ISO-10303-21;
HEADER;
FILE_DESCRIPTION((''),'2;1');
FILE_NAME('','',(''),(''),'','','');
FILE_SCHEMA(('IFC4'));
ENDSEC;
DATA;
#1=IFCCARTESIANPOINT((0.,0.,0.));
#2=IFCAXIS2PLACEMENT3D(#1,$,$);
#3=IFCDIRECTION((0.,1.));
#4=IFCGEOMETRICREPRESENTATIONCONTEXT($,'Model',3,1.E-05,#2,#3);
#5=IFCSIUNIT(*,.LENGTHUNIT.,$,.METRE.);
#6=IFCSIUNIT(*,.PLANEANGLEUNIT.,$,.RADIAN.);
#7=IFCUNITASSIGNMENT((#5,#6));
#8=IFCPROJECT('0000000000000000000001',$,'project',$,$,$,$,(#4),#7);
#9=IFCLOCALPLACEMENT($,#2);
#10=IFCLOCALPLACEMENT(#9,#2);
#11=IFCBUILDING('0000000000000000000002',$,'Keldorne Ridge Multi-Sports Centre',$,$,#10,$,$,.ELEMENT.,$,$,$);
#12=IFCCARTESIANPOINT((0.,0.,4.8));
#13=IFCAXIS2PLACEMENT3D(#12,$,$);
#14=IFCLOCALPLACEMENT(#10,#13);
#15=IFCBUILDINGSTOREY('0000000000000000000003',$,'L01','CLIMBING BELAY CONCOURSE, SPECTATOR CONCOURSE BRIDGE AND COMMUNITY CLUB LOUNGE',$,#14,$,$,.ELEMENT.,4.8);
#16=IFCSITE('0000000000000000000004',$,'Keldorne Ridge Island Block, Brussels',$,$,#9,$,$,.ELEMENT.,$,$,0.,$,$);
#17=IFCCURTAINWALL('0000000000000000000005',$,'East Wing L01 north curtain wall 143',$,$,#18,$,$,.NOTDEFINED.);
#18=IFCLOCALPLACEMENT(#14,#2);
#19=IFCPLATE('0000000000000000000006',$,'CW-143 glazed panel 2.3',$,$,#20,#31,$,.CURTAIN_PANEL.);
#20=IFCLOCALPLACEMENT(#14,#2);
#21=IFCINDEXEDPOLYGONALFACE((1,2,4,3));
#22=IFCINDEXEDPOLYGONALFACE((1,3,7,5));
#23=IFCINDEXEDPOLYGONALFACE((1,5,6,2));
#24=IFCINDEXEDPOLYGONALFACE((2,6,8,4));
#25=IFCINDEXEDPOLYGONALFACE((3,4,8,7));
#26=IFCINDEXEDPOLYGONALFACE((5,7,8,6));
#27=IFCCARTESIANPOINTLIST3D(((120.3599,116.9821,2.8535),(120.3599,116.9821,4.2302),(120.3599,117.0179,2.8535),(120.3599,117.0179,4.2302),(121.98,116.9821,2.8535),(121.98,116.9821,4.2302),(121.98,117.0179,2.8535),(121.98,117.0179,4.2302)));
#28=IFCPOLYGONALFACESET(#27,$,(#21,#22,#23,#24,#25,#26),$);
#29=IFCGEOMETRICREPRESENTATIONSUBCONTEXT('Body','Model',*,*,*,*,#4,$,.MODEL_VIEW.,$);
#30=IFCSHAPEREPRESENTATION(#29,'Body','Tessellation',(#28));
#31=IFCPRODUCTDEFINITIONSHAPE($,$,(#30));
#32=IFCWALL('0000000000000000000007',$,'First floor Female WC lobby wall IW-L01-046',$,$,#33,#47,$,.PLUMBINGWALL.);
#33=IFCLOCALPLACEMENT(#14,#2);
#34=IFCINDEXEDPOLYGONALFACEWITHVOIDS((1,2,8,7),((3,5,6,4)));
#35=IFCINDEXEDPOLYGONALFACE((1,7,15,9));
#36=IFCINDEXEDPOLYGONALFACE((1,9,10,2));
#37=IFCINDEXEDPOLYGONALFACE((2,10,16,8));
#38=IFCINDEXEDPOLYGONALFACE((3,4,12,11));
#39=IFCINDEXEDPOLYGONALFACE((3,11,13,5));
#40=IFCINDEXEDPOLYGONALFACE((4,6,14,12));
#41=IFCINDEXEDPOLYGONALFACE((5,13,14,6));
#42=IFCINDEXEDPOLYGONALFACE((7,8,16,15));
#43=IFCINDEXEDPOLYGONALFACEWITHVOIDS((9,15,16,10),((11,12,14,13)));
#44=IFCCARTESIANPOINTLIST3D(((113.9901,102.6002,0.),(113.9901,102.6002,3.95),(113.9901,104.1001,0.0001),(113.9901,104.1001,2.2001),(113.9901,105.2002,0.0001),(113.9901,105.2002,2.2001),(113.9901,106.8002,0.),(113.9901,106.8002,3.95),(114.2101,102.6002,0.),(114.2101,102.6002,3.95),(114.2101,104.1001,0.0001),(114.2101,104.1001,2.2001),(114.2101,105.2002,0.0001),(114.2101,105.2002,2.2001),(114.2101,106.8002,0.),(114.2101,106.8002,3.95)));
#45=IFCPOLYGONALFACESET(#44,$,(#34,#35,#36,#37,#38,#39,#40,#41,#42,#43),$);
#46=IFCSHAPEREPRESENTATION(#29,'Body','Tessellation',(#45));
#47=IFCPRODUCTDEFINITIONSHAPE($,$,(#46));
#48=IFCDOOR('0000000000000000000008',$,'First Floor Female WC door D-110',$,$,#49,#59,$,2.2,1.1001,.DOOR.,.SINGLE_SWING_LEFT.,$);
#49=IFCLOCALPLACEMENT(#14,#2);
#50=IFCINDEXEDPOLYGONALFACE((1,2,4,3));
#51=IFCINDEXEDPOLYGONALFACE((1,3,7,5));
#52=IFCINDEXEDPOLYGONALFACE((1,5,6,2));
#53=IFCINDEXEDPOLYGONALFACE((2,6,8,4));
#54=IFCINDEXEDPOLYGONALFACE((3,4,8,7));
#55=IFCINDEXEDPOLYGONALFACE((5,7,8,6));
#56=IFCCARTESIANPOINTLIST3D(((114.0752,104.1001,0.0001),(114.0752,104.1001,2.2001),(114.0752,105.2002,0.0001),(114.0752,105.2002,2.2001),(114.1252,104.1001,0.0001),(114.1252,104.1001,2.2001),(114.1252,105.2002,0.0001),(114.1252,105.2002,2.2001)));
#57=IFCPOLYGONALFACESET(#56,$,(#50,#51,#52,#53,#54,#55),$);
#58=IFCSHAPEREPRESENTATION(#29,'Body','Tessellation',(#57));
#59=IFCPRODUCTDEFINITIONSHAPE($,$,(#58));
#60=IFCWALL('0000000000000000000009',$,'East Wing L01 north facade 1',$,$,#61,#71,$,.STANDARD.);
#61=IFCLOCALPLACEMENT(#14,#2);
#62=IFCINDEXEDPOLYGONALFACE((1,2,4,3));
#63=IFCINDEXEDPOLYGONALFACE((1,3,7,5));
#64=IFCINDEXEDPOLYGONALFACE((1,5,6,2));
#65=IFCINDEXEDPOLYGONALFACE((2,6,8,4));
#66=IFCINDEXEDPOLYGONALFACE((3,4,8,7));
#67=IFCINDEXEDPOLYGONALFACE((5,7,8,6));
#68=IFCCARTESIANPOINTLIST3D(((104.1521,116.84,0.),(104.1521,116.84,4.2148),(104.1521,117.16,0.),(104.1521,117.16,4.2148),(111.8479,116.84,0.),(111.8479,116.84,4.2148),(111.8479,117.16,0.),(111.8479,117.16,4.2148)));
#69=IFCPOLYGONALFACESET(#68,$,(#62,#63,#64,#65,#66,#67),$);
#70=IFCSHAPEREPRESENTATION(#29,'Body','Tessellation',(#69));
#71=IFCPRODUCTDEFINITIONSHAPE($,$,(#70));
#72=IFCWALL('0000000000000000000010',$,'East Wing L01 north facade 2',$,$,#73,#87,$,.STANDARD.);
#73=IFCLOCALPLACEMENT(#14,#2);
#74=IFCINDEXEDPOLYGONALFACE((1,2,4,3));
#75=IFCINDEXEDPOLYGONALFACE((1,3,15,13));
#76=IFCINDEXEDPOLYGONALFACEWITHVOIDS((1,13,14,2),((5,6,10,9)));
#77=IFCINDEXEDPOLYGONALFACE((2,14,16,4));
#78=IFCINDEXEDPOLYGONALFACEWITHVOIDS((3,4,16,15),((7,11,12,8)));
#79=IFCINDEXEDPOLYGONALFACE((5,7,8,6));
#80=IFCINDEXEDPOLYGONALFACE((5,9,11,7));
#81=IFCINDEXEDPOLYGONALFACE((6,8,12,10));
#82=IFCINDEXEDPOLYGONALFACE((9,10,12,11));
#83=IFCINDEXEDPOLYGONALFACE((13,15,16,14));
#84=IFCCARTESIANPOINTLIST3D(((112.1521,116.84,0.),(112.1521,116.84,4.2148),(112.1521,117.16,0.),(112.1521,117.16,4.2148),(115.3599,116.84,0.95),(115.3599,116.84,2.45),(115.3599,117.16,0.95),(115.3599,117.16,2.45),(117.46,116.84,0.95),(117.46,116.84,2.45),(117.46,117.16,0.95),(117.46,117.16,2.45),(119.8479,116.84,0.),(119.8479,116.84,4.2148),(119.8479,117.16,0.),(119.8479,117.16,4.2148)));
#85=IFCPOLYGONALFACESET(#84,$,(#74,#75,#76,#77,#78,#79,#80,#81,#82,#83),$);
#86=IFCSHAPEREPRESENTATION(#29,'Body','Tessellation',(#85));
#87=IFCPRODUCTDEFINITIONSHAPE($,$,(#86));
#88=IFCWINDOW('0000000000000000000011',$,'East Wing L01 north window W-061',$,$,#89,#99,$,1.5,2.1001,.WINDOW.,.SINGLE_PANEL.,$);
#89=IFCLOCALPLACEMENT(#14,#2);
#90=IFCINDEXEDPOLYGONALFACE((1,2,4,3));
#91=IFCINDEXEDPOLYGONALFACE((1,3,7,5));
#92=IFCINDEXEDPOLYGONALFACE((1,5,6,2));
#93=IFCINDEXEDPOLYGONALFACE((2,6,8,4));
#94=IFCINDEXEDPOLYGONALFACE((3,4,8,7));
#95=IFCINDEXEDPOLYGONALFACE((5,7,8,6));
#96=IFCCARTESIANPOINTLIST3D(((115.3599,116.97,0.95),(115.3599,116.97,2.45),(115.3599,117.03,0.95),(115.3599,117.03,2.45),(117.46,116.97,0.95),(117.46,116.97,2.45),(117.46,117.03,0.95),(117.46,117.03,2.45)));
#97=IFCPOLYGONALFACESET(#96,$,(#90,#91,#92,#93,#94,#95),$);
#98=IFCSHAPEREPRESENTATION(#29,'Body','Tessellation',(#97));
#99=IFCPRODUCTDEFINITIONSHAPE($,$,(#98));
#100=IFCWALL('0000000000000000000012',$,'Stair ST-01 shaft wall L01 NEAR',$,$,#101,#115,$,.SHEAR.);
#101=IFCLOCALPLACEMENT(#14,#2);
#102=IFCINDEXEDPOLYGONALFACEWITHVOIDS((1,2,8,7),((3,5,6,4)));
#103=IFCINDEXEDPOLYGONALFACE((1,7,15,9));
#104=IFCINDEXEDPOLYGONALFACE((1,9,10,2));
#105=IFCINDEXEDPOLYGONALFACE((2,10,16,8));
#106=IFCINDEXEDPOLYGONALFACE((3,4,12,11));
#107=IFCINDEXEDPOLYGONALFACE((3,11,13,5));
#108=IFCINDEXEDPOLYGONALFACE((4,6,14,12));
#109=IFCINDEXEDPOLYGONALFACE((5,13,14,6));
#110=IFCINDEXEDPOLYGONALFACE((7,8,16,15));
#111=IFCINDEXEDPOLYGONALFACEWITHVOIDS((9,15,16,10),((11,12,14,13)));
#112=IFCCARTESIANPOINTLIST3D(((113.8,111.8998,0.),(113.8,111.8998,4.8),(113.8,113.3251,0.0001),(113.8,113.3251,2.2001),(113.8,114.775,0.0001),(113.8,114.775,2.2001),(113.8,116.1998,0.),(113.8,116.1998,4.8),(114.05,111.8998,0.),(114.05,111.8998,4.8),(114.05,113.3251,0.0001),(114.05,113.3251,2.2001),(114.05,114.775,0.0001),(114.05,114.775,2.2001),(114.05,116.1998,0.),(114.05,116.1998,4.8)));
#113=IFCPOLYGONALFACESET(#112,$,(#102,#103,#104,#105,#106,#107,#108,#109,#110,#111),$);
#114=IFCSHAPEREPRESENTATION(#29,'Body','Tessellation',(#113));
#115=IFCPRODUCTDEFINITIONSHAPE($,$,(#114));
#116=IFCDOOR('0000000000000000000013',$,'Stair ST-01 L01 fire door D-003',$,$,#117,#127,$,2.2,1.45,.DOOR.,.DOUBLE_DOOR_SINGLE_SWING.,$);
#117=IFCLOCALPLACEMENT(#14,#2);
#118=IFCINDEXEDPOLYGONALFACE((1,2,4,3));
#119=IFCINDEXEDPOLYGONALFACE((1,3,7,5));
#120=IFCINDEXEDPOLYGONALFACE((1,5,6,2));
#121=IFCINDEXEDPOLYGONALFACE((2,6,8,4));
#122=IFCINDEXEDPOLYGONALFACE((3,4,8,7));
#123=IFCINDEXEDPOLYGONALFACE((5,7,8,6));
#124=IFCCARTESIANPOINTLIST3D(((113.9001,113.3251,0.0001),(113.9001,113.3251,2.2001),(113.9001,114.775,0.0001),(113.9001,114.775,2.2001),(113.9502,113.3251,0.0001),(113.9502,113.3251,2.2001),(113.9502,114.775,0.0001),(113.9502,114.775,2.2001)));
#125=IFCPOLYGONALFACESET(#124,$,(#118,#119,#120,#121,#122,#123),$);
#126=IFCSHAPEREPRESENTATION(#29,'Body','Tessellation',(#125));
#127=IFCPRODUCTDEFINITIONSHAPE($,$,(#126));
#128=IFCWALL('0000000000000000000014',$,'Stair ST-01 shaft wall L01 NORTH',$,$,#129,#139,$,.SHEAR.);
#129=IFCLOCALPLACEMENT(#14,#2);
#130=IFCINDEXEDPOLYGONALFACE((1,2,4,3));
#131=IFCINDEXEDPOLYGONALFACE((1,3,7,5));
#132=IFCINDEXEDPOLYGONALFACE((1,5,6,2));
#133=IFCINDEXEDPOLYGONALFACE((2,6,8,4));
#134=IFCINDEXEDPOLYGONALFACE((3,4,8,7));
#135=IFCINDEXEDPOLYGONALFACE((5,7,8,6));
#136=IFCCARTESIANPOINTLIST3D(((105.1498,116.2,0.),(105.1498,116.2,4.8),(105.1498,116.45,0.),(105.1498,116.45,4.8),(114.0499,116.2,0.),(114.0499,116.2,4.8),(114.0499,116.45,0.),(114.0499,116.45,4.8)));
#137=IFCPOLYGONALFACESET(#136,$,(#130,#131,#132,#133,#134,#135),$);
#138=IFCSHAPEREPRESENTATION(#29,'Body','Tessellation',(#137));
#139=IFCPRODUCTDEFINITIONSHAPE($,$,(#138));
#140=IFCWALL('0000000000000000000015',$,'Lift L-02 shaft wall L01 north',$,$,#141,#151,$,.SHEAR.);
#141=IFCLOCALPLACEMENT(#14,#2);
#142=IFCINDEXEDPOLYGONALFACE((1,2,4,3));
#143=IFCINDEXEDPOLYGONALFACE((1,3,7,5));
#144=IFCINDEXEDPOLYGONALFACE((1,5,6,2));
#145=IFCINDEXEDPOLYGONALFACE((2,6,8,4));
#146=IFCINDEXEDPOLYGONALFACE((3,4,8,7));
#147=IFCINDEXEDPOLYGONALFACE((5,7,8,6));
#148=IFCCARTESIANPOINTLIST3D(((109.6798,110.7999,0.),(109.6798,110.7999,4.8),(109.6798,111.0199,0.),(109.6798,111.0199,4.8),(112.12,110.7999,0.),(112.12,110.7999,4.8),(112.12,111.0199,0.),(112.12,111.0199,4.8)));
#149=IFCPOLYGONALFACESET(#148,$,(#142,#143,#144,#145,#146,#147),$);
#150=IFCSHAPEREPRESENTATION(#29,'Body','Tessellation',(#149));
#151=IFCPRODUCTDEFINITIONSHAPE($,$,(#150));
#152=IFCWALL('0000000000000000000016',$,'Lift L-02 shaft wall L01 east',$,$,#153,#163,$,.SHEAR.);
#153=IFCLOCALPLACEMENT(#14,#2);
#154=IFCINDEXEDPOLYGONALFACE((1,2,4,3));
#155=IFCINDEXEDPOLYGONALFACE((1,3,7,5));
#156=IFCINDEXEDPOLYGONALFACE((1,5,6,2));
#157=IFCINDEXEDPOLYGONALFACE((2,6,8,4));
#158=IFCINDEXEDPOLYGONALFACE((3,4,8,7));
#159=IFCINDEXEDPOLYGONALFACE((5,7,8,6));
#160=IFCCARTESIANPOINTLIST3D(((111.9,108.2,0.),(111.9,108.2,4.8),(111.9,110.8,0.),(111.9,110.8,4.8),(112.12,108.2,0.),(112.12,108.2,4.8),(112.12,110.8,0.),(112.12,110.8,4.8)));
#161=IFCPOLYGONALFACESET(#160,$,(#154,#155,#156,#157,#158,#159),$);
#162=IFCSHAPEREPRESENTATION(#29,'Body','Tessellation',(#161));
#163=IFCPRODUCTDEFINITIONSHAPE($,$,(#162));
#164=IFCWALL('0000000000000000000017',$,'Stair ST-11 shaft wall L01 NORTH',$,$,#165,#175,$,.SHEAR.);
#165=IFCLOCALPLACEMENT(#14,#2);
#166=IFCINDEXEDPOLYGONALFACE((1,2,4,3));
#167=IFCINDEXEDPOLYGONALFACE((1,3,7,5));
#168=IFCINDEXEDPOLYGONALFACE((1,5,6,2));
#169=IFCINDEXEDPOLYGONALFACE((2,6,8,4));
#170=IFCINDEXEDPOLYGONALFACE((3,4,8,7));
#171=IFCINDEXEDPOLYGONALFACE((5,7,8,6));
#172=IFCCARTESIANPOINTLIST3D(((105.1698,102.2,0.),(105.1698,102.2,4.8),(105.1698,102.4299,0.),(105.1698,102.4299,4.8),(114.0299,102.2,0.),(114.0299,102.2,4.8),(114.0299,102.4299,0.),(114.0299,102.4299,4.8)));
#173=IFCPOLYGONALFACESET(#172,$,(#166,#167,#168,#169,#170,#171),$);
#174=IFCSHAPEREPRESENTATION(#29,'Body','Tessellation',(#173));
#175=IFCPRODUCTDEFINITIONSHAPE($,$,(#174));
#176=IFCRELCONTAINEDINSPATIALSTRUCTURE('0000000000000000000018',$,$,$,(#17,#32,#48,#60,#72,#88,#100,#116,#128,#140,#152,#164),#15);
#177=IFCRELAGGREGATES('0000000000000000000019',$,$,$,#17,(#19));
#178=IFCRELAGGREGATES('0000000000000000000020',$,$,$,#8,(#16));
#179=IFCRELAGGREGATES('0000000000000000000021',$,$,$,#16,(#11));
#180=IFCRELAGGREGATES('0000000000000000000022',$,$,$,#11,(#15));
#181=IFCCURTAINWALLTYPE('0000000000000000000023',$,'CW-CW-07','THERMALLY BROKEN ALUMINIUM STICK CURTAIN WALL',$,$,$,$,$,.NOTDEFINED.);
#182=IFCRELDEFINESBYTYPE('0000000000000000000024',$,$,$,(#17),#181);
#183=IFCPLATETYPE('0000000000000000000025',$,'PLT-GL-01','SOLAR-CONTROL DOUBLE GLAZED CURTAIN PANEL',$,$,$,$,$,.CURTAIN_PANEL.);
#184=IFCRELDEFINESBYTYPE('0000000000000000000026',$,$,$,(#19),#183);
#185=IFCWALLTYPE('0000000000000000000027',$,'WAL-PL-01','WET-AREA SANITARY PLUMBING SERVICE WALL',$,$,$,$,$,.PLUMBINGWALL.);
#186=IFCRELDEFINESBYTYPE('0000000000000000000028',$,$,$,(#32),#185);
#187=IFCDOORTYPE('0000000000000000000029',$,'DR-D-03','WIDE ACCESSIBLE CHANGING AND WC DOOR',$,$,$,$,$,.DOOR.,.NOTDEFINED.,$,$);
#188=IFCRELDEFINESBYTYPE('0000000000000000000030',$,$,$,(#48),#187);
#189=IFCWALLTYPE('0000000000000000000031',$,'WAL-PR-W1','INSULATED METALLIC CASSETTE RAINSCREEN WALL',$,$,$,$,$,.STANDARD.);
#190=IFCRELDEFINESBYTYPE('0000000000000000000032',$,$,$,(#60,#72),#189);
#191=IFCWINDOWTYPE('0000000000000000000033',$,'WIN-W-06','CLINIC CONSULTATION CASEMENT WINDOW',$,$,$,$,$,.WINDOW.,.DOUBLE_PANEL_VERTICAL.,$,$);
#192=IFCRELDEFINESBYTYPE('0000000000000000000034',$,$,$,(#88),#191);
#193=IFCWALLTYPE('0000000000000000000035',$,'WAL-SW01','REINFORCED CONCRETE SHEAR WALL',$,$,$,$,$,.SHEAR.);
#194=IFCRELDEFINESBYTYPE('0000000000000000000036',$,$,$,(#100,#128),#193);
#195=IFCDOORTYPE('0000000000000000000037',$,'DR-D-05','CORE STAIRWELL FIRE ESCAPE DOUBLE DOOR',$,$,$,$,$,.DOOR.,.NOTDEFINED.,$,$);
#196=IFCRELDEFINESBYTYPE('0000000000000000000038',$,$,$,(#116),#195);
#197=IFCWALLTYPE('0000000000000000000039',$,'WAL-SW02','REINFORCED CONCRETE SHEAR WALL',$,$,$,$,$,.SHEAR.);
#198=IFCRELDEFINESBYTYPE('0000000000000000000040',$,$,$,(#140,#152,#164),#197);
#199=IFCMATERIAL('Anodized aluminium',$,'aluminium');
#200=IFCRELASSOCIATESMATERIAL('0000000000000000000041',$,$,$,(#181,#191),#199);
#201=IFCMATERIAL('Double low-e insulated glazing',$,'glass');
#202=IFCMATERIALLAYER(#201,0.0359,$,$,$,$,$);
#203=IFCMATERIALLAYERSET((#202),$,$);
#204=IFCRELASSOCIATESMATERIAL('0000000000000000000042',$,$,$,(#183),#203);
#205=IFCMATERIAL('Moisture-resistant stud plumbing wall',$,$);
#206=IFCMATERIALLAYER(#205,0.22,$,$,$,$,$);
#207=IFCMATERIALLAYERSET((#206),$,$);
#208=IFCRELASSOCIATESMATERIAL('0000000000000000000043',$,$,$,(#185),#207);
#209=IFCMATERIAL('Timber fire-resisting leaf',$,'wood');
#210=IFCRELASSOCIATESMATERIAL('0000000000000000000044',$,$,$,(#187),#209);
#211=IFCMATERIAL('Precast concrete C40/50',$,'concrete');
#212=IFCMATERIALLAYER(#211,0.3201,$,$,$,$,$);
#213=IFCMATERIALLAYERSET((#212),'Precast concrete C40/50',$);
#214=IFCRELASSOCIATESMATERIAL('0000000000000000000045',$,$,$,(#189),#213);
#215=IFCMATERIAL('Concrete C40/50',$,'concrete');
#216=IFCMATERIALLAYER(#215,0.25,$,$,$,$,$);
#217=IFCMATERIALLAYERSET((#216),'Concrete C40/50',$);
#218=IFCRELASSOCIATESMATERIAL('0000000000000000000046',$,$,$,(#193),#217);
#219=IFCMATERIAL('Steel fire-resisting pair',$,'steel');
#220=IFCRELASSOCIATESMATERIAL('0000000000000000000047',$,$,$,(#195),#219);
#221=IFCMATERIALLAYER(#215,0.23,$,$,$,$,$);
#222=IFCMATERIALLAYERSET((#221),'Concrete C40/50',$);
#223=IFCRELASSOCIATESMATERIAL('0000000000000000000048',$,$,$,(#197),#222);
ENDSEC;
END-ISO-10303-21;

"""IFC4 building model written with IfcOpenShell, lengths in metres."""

from ifc_helpers import new_model, si_unit, direction, frame, frame_2d, origin, origin_2d, place, context, subcontext, project, spatial, rectangle, extrude, material, layer, layer_set, type_object, element, fill, aggregate, save


model = new_model("IFC4")

# Units and contexts
model_context = context("Model", 3, precision=1e-05, world=origin(), true_north=direction((0.0, 1.0)))
body_context = subcontext(model_context, "Body", "Model", "MODEL_VIEW")
ifc_project = project(units=[si_unit("LENGTHUNIT", "METRE"), si_unit("PLANEANGLEUNIT", "RADIAN")], contexts=[model_context])

# Site, building, storey
site_placement = place(None, origin())
site = spatial("IfcSite", under=ifc_project, at=site_placement, Name="Keldorne Ridge Island Block, Brussels", CompositionType="ELEMENT", RefElevation=0.0)
building_placement = place(site_placement, origin())
building = spatial("IfcBuilding", under=site, at=building_placement, Name="Keldorne Ridge Multi-Sports Centre", CompositionType="ELEMENT")
storey_placement = place(building_placement, frame((0.0, 0.0, 4.8)))
storey = spatial("IfcBuildingStorey", under=building, at=storey_placement, Name="L01", Description="CLIMBING BELAY CONCOURSE, SPECTATOR CONCOURSE BRIDGE AND COMMUNITY CLUB LOUNGE", CompositionType="ELEMENT", Elevation=4.8)

# Curtain wall, plate
ifc_material_1 = material(Name="Anodized aluminium", Category="aluminium")
curtain_wall_type = type_object("IfcCurtainWallType", Name="CW-CW-07", Description="THERMALLY BROKEN ALUMINIUM STICK CURTAIN WALL", PredefinedType="NOTDEFINED", material=ifc_material_1)
curtain_wall_placement = place(storey_placement, origin())
curtain_wall = element("IfcCurtainWall", 1, at=curtain_wall_placement, inside=storey, type_object=curtain_wall_type, Name="East Wing L01 north curtain wall 143", PredefinedType="NOTDEFINED")
ifc_material_2 = material(Name="Double low-e insulated glazing", Category="glass")
ifc_layer_1 = layer(ifc_material_2, 0.0359)
ifc_layer_set_1 = layer_set([ifc_layer_1])
plate_type = type_object("IfcPlateType", Name="PLT-GL-01", Description="SOLAR-CONTROL DOUBLE GLAZED CURTAIN PANEL", PredefinedType="CURTAIN_PANEL", material=ifc_layer_set_1)
plate_1_placement = place(storey_placement, frame((121.1699, 117.0, 2.8535), z_axis=(0.0, 0.0, 1.0), x_axis=(-1.0, 0.0, 0.0)))
plate_1 = element("IfcPlate", 2, at=plate_1_placement, type_object=plate_type, Name="CW-143 glazed panel 2.3", PredefinedType="CURTAIN_PANEL", context=body_context, shape_type="SweptSolid", body=[
    extrude(rectangle(XDim=1.6201, YDim=0.0359, at=origin_2d()), origin(), (0.0, 0.0, 1.0), 1.3767),
])
aggregate(curtain_wall, [plate_1])

# Wall, opening, door
ifc_material_3 = material(Name="Moisture-resistant stud plumbing wall")
ifc_layer_2 = layer(ifc_material_3, 0.22)
ifc_layer_set_2 = layer_set([ifc_layer_2])
wall_type_1 = type_object("IfcWallType", Name="WAL-PL-01", Description="WET-AREA SANITARY PLUMBING SERVICE WALL", PredefinedType="PLUMBINGWALL", material=ifc_layer_set_2)
wall_1_placement = place(storey_placement, frame((114.1001, 102.6001, 0.0), z_axis=(0.0, 0.0, 1.0), x_axis=(0.0, 1.0, 0.0)))
wall_1 = element("IfcWall", 3, at=wall_1_placement, inside=storey, type_object=wall_type_1, Name="First floor Female WC lobby wall IW-L01-046", PredefinedType="PLUMBINGWALL", context=body_context, shape_type="SweptSolid", body=[
    extrude(rectangle(XDim=4.2, YDim=0.22, at=frame_2d((2.1001, 0.0))), origin(), (0.0, 0.0, 1.0), 3.95),
])
opening_1_placement = place(wall_1_placement, frame((1.5, 0.0, 0.0)))
opening_1 = element("IfcOpeningElement", 4, at=opening_1_placement, cuts=wall_1, PredefinedType="OPENING", context=body_context, shape_type="SweptSolid", body=[
    extrude(rectangle(XDim=1.1001, YDim=2.2, at=frame_2d((0.55, 1.1001))), frame((0.0, 0.1201, 0.0), z_axis=(0.0, -1.0, 0.0), x_axis=(1.0, 0.0, 0.0)), (0.0, 0.0, 1.0), 0.24),
])
ifc_material_4 = material(Name="Timber fire-resisting leaf", Category="wood")
door_type_1 = type_object("IfcDoorType", Name="DR-D-03", Description="WIDE ACCESSIBLE CHANGING AND WC DOOR", OperationType="NOTDEFINED", PredefinedType="DOOR", material=ifc_material_4)
door_1_placement = place(opening_1_placement, origin())
door_1 = element("IfcDoor", 5, at=door_1_placement, inside=storey, type_object=door_type_1, Name="First Floor Female WC door D-110", OperationType="SINGLE_SWING_LEFT", OverallHeight=2.2, OverallWidth=1.1001, PredefinedType="DOOR", context=body_context, shape_type="SweptSolid", body=[
    extrude(rectangle(XDim=1.1001, YDim=2.2, at=frame_2d((0.55, 1.1001))), frame((0.0, 0.0249, 0.0), z_axis=(0.0, -1.0, 0.0), x_axis=(1.0, 0.0, 0.0)), (0.0, 0.0, 1.0), 0.05),
])
fill(opening_1, door_1)

# Wall
ifc_material_5 = material(Name="Precast concrete C40/50", Category="concrete")
ifc_layer_3 = layer(ifc_material_5, 0.3201)
ifc_layer_set_3 = layer_set([ifc_layer_3], Name="Precast concrete C40/50")
wall_type_2 = type_object("IfcWallType", Name="WAL-PR-W1", Description="INSULATED METALLIC CASSETTE RAINSCREEN WALL", PredefinedType="STANDARD", material=ifc_layer_set_3)
wall_2_placement = place(storey_placement, frame((111.8479, 117.0, 0.0), z_axis=(0.0, 0.0, 1.0), x_axis=(-1.0, 0.0, 0.0)))
element("IfcWall", 6, at=wall_2_placement, inside=storey, type_object=wall_type_2, Name="East Wing L01 north facade 1", PredefinedType="STANDARD", context=body_context, shape_type="SweptSolid", body=[
    extrude(rectangle(XDim=7.6958, YDim=0.3201, at=frame_2d((3.8479, 0.0))), origin(), (0.0, 0.0, 1.0), 4.2148),
])

# Wall, opening, window
wall_3_placement = place(storey_placement, frame((119.8479, 117.0, 0.0), z_axis=(0.0, 0.0, 1.0), x_axis=(-1.0, 0.0, 0.0)))
wall_3 = element("IfcWall", 7, at=wall_3_placement, inside=storey, type_object=wall_type_2, Name="East Wing L01 north facade 2", PredefinedType="STANDARD", context=body_context, shape_type="SweptSolid", body=[
    extrude(rectangle(XDim=7.6958, YDim=0.3201, at=frame_2d((3.8479, 0.0))), origin(), (0.0, 0.0, 1.0), 4.2148),
])
opening_2_placement = place(wall_3_placement, frame((2.3879, 0.0, 0.95)))
opening_2 = element("IfcOpeningElement", 8, at=opening_2_placement, cuts=wall_3, PredefinedType="OPENING", context=body_context, shape_type="SweptSolid", body=[
    extrude(rectangle(XDim=2.1001, YDim=1.5, at=frame_2d((1.05, 0.75))), frame((0.0, 0.1699, 0.0), z_axis=(0.0, -1.0, 0.0), x_axis=(1.0, 0.0, 0.0)), (0.0, 0.0, 1.0), 0.3401),
])
window_type = type_object("IfcWindowType", Name="WIN-W-06", Description="CLINIC CONSULTATION CASEMENT WINDOW", PartitioningType="DOUBLE_PANEL_VERTICAL", PredefinedType="WINDOW", material=ifc_material_1)
window_placement = place(opening_2_placement, origin())
window = element("IfcWindow", 9, at=window_placement, inside=storey, type_object=window_type, Name="East Wing L01 north window W-061", OverallHeight=1.5, OverallWidth=2.1001, PartitioningType="SINGLE_PANEL", PredefinedType="WINDOW", context=body_context, shape_type="SweptSolid", body=[
    extrude(rectangle(XDim=2.1001, YDim=1.5, at=frame_2d((1.05, 0.75))), frame((0.0, 0.03, 0.0), z_axis=(0.0, -1.0, 0.0), x_axis=(1.0, 0.0, 0.0)), (0.0, 0.0, 1.0), 0.0601),
])
fill(opening_2, window)

# Wall, opening, door
ifc_material_6 = material(Name="Concrete C40/50", Category="concrete")
ifc_layer_4 = layer(ifc_material_6, 0.25)
ifc_layer_set_4 = layer_set([ifc_layer_4], Name="Concrete C40/50")
wall_type_3 = type_object("IfcWallType", Name="WAL-SW01", Description="REINFORCED CONCRETE SHEAR WALL", PredefinedType="SHEAR", material=ifc_layer_set_4)
wall_4_placement = place(storey_placement, frame((113.925, 111.8999, 0.0), z_axis=(0.0, 0.0, 1.0), x_axis=(0.0, 1.0, 0.0)))
wall_4 = element("IfcWall", 10, at=wall_4_placement, inside=storey, type_object=wall_type_3, Name="Stair ST-01 shaft wall L01 NEAR", PredefinedType="SHEAR", context=body_context, shape_type="SweptSolid", body=[
    extrude(rectangle(XDim=4.3, YDim=0.25, at=frame_2d((2.1499, 0.0))), origin(), (0.0, 0.0, 1.0), 4.8),
])
opening_3_placement = place(wall_4_placement, frame((1.425, 0.0, 0.0)))
opening_3 = element("IfcOpeningElement", 11, at=opening_3_placement, cuts=wall_4, PredefinedType="OPENING", context=body_context, shape_type="SweptSolid", body=[
    extrude(rectangle(XDim=1.45, YDim=2.2, at=frame_2d((0.7251, 1.1001))), frame((0.0, 0.135, 0.0), z_axis=(0.0, -1.0, 0.0), x_axis=(1.0, 0.0, 0.0)), (0.0, 0.0, 1.0), 0.27),
])
ifc_material_7 = material(Name="Steel fire-resisting pair", Category="steel")
door_type_2 = type_object("IfcDoorType", Name="DR-D-05", Description="CORE STAIRWELL FIRE ESCAPE DOUBLE DOOR", OperationType="NOTDEFINED", PredefinedType="DOOR", material=ifc_material_7)
door_2_placement = place(opening_3_placement, origin())
door_2 = element("IfcDoor", 12, at=door_2_placement, inside=storey, type_object=door_type_2, Name="Stair ST-01 L01 fire door D-003", OperationType="DOUBLE_DOOR_SINGLE_SWING", OverallHeight=2.2, OverallWidth=1.45, PredefinedType="DOOR", context=body_context, shape_type="SweptSolid", body=[
    extrude(rectangle(XDim=1.45, YDim=2.2, at=frame_2d((0.7251, 1.1001))), frame((0.0, 0.0249, 0.0), z_axis=(0.0, -1.0, 0.0), x_axis=(1.0, 0.0, 0.0)), (0.0, 0.0, 1.0), 0.05),
])
fill(opening_3, door_2)

# Walls
wall_5_placement = place(storey_placement, frame((114.05, 116.325, 0.0), z_axis=(0.0, 0.0, 1.0), x_axis=(-1.0, 0.0, 0.0)))
element("IfcWall", 13, at=wall_5_placement, inside=storey, type_object=wall_type_3, Name="Stair ST-01 shaft wall L01 NORTH", PredefinedType="SHEAR", context=body_context, shape_type="SweptSolid", body=[
    extrude(rectangle(XDim=8.9001, YDim=0.25, at=frame_2d((4.4502, 0.0))), origin(), (0.0, 0.0, 1.0), 4.8),
])
ifc_layer_5 = layer(ifc_material_6, 0.23)
ifc_layer_set_5 = layer_set([ifc_layer_5], Name="Concrete C40/50")
wall_type_4 = type_object("IfcWallType", Name="WAL-SW02", Description="REINFORCED CONCRETE SHEAR WALL", PredefinedType="SHEAR", material=ifc_layer_set_5)
wall_6_placement = place(storey_placement, frame((112.1201, 110.9099, 0.0), z_axis=(0.0, 0.0, 1.0), x_axis=(-1.0, 0.0, 0.0)))
element("IfcWall", 14, at=wall_6_placement, inside=storey, type_object=wall_type_4, Name="Lift L-02 shaft wall L01 north", PredefinedType="SHEAR", context=body_context, shape_type="SweptSolid", body=[
    extrude(rectangle(XDim=2.4402, YDim=0.22, at=frame_2d((1.2202, 0.0))), origin(), (0.0, 0.0, 1.0), 4.8),
])
wall_7_placement = place(storey_placement, frame((112.01, 108.2, 0.0), z_axis=(0.0, 0.0, 1.0), x_axis=(0.0, 1.0, 0.0)))
element("IfcWall", 15, at=wall_7_placement, inside=storey, type_object=wall_type_4, Name="Lift L-02 shaft wall L01 east", PredefinedType="SHEAR", context=body_context, shape_type="SweptSolid", body=[
    extrude(rectangle(XDim=2.6001, YDim=0.22, at=frame_2d((1.3, 0.0))), origin(), (0.0, 0.0, 1.0), 4.8),
])
wall_8_placement = place(storey_placement, frame((114.03, 102.3149, 0.0), z_axis=(0.0, 0.0, 1.0), x_axis=(-1.0, 0.0, 0.0)))
element("IfcWall", 16, at=wall_8_placement, inside=storey, type_object=wall_type_4, Name="Stair ST-11 shaft wall L01 NORTH", PredefinedType="SHEAR", context=body_context, shape_type="SweptSolid", body=[
    extrude(rectangle(XDim=8.8601, YDim=0.23, at=frame_2d((4.4302, 0.0))), origin(), (0.0, 0.0, 1.0), 4.8),
])

save(model, "model.ifc")
